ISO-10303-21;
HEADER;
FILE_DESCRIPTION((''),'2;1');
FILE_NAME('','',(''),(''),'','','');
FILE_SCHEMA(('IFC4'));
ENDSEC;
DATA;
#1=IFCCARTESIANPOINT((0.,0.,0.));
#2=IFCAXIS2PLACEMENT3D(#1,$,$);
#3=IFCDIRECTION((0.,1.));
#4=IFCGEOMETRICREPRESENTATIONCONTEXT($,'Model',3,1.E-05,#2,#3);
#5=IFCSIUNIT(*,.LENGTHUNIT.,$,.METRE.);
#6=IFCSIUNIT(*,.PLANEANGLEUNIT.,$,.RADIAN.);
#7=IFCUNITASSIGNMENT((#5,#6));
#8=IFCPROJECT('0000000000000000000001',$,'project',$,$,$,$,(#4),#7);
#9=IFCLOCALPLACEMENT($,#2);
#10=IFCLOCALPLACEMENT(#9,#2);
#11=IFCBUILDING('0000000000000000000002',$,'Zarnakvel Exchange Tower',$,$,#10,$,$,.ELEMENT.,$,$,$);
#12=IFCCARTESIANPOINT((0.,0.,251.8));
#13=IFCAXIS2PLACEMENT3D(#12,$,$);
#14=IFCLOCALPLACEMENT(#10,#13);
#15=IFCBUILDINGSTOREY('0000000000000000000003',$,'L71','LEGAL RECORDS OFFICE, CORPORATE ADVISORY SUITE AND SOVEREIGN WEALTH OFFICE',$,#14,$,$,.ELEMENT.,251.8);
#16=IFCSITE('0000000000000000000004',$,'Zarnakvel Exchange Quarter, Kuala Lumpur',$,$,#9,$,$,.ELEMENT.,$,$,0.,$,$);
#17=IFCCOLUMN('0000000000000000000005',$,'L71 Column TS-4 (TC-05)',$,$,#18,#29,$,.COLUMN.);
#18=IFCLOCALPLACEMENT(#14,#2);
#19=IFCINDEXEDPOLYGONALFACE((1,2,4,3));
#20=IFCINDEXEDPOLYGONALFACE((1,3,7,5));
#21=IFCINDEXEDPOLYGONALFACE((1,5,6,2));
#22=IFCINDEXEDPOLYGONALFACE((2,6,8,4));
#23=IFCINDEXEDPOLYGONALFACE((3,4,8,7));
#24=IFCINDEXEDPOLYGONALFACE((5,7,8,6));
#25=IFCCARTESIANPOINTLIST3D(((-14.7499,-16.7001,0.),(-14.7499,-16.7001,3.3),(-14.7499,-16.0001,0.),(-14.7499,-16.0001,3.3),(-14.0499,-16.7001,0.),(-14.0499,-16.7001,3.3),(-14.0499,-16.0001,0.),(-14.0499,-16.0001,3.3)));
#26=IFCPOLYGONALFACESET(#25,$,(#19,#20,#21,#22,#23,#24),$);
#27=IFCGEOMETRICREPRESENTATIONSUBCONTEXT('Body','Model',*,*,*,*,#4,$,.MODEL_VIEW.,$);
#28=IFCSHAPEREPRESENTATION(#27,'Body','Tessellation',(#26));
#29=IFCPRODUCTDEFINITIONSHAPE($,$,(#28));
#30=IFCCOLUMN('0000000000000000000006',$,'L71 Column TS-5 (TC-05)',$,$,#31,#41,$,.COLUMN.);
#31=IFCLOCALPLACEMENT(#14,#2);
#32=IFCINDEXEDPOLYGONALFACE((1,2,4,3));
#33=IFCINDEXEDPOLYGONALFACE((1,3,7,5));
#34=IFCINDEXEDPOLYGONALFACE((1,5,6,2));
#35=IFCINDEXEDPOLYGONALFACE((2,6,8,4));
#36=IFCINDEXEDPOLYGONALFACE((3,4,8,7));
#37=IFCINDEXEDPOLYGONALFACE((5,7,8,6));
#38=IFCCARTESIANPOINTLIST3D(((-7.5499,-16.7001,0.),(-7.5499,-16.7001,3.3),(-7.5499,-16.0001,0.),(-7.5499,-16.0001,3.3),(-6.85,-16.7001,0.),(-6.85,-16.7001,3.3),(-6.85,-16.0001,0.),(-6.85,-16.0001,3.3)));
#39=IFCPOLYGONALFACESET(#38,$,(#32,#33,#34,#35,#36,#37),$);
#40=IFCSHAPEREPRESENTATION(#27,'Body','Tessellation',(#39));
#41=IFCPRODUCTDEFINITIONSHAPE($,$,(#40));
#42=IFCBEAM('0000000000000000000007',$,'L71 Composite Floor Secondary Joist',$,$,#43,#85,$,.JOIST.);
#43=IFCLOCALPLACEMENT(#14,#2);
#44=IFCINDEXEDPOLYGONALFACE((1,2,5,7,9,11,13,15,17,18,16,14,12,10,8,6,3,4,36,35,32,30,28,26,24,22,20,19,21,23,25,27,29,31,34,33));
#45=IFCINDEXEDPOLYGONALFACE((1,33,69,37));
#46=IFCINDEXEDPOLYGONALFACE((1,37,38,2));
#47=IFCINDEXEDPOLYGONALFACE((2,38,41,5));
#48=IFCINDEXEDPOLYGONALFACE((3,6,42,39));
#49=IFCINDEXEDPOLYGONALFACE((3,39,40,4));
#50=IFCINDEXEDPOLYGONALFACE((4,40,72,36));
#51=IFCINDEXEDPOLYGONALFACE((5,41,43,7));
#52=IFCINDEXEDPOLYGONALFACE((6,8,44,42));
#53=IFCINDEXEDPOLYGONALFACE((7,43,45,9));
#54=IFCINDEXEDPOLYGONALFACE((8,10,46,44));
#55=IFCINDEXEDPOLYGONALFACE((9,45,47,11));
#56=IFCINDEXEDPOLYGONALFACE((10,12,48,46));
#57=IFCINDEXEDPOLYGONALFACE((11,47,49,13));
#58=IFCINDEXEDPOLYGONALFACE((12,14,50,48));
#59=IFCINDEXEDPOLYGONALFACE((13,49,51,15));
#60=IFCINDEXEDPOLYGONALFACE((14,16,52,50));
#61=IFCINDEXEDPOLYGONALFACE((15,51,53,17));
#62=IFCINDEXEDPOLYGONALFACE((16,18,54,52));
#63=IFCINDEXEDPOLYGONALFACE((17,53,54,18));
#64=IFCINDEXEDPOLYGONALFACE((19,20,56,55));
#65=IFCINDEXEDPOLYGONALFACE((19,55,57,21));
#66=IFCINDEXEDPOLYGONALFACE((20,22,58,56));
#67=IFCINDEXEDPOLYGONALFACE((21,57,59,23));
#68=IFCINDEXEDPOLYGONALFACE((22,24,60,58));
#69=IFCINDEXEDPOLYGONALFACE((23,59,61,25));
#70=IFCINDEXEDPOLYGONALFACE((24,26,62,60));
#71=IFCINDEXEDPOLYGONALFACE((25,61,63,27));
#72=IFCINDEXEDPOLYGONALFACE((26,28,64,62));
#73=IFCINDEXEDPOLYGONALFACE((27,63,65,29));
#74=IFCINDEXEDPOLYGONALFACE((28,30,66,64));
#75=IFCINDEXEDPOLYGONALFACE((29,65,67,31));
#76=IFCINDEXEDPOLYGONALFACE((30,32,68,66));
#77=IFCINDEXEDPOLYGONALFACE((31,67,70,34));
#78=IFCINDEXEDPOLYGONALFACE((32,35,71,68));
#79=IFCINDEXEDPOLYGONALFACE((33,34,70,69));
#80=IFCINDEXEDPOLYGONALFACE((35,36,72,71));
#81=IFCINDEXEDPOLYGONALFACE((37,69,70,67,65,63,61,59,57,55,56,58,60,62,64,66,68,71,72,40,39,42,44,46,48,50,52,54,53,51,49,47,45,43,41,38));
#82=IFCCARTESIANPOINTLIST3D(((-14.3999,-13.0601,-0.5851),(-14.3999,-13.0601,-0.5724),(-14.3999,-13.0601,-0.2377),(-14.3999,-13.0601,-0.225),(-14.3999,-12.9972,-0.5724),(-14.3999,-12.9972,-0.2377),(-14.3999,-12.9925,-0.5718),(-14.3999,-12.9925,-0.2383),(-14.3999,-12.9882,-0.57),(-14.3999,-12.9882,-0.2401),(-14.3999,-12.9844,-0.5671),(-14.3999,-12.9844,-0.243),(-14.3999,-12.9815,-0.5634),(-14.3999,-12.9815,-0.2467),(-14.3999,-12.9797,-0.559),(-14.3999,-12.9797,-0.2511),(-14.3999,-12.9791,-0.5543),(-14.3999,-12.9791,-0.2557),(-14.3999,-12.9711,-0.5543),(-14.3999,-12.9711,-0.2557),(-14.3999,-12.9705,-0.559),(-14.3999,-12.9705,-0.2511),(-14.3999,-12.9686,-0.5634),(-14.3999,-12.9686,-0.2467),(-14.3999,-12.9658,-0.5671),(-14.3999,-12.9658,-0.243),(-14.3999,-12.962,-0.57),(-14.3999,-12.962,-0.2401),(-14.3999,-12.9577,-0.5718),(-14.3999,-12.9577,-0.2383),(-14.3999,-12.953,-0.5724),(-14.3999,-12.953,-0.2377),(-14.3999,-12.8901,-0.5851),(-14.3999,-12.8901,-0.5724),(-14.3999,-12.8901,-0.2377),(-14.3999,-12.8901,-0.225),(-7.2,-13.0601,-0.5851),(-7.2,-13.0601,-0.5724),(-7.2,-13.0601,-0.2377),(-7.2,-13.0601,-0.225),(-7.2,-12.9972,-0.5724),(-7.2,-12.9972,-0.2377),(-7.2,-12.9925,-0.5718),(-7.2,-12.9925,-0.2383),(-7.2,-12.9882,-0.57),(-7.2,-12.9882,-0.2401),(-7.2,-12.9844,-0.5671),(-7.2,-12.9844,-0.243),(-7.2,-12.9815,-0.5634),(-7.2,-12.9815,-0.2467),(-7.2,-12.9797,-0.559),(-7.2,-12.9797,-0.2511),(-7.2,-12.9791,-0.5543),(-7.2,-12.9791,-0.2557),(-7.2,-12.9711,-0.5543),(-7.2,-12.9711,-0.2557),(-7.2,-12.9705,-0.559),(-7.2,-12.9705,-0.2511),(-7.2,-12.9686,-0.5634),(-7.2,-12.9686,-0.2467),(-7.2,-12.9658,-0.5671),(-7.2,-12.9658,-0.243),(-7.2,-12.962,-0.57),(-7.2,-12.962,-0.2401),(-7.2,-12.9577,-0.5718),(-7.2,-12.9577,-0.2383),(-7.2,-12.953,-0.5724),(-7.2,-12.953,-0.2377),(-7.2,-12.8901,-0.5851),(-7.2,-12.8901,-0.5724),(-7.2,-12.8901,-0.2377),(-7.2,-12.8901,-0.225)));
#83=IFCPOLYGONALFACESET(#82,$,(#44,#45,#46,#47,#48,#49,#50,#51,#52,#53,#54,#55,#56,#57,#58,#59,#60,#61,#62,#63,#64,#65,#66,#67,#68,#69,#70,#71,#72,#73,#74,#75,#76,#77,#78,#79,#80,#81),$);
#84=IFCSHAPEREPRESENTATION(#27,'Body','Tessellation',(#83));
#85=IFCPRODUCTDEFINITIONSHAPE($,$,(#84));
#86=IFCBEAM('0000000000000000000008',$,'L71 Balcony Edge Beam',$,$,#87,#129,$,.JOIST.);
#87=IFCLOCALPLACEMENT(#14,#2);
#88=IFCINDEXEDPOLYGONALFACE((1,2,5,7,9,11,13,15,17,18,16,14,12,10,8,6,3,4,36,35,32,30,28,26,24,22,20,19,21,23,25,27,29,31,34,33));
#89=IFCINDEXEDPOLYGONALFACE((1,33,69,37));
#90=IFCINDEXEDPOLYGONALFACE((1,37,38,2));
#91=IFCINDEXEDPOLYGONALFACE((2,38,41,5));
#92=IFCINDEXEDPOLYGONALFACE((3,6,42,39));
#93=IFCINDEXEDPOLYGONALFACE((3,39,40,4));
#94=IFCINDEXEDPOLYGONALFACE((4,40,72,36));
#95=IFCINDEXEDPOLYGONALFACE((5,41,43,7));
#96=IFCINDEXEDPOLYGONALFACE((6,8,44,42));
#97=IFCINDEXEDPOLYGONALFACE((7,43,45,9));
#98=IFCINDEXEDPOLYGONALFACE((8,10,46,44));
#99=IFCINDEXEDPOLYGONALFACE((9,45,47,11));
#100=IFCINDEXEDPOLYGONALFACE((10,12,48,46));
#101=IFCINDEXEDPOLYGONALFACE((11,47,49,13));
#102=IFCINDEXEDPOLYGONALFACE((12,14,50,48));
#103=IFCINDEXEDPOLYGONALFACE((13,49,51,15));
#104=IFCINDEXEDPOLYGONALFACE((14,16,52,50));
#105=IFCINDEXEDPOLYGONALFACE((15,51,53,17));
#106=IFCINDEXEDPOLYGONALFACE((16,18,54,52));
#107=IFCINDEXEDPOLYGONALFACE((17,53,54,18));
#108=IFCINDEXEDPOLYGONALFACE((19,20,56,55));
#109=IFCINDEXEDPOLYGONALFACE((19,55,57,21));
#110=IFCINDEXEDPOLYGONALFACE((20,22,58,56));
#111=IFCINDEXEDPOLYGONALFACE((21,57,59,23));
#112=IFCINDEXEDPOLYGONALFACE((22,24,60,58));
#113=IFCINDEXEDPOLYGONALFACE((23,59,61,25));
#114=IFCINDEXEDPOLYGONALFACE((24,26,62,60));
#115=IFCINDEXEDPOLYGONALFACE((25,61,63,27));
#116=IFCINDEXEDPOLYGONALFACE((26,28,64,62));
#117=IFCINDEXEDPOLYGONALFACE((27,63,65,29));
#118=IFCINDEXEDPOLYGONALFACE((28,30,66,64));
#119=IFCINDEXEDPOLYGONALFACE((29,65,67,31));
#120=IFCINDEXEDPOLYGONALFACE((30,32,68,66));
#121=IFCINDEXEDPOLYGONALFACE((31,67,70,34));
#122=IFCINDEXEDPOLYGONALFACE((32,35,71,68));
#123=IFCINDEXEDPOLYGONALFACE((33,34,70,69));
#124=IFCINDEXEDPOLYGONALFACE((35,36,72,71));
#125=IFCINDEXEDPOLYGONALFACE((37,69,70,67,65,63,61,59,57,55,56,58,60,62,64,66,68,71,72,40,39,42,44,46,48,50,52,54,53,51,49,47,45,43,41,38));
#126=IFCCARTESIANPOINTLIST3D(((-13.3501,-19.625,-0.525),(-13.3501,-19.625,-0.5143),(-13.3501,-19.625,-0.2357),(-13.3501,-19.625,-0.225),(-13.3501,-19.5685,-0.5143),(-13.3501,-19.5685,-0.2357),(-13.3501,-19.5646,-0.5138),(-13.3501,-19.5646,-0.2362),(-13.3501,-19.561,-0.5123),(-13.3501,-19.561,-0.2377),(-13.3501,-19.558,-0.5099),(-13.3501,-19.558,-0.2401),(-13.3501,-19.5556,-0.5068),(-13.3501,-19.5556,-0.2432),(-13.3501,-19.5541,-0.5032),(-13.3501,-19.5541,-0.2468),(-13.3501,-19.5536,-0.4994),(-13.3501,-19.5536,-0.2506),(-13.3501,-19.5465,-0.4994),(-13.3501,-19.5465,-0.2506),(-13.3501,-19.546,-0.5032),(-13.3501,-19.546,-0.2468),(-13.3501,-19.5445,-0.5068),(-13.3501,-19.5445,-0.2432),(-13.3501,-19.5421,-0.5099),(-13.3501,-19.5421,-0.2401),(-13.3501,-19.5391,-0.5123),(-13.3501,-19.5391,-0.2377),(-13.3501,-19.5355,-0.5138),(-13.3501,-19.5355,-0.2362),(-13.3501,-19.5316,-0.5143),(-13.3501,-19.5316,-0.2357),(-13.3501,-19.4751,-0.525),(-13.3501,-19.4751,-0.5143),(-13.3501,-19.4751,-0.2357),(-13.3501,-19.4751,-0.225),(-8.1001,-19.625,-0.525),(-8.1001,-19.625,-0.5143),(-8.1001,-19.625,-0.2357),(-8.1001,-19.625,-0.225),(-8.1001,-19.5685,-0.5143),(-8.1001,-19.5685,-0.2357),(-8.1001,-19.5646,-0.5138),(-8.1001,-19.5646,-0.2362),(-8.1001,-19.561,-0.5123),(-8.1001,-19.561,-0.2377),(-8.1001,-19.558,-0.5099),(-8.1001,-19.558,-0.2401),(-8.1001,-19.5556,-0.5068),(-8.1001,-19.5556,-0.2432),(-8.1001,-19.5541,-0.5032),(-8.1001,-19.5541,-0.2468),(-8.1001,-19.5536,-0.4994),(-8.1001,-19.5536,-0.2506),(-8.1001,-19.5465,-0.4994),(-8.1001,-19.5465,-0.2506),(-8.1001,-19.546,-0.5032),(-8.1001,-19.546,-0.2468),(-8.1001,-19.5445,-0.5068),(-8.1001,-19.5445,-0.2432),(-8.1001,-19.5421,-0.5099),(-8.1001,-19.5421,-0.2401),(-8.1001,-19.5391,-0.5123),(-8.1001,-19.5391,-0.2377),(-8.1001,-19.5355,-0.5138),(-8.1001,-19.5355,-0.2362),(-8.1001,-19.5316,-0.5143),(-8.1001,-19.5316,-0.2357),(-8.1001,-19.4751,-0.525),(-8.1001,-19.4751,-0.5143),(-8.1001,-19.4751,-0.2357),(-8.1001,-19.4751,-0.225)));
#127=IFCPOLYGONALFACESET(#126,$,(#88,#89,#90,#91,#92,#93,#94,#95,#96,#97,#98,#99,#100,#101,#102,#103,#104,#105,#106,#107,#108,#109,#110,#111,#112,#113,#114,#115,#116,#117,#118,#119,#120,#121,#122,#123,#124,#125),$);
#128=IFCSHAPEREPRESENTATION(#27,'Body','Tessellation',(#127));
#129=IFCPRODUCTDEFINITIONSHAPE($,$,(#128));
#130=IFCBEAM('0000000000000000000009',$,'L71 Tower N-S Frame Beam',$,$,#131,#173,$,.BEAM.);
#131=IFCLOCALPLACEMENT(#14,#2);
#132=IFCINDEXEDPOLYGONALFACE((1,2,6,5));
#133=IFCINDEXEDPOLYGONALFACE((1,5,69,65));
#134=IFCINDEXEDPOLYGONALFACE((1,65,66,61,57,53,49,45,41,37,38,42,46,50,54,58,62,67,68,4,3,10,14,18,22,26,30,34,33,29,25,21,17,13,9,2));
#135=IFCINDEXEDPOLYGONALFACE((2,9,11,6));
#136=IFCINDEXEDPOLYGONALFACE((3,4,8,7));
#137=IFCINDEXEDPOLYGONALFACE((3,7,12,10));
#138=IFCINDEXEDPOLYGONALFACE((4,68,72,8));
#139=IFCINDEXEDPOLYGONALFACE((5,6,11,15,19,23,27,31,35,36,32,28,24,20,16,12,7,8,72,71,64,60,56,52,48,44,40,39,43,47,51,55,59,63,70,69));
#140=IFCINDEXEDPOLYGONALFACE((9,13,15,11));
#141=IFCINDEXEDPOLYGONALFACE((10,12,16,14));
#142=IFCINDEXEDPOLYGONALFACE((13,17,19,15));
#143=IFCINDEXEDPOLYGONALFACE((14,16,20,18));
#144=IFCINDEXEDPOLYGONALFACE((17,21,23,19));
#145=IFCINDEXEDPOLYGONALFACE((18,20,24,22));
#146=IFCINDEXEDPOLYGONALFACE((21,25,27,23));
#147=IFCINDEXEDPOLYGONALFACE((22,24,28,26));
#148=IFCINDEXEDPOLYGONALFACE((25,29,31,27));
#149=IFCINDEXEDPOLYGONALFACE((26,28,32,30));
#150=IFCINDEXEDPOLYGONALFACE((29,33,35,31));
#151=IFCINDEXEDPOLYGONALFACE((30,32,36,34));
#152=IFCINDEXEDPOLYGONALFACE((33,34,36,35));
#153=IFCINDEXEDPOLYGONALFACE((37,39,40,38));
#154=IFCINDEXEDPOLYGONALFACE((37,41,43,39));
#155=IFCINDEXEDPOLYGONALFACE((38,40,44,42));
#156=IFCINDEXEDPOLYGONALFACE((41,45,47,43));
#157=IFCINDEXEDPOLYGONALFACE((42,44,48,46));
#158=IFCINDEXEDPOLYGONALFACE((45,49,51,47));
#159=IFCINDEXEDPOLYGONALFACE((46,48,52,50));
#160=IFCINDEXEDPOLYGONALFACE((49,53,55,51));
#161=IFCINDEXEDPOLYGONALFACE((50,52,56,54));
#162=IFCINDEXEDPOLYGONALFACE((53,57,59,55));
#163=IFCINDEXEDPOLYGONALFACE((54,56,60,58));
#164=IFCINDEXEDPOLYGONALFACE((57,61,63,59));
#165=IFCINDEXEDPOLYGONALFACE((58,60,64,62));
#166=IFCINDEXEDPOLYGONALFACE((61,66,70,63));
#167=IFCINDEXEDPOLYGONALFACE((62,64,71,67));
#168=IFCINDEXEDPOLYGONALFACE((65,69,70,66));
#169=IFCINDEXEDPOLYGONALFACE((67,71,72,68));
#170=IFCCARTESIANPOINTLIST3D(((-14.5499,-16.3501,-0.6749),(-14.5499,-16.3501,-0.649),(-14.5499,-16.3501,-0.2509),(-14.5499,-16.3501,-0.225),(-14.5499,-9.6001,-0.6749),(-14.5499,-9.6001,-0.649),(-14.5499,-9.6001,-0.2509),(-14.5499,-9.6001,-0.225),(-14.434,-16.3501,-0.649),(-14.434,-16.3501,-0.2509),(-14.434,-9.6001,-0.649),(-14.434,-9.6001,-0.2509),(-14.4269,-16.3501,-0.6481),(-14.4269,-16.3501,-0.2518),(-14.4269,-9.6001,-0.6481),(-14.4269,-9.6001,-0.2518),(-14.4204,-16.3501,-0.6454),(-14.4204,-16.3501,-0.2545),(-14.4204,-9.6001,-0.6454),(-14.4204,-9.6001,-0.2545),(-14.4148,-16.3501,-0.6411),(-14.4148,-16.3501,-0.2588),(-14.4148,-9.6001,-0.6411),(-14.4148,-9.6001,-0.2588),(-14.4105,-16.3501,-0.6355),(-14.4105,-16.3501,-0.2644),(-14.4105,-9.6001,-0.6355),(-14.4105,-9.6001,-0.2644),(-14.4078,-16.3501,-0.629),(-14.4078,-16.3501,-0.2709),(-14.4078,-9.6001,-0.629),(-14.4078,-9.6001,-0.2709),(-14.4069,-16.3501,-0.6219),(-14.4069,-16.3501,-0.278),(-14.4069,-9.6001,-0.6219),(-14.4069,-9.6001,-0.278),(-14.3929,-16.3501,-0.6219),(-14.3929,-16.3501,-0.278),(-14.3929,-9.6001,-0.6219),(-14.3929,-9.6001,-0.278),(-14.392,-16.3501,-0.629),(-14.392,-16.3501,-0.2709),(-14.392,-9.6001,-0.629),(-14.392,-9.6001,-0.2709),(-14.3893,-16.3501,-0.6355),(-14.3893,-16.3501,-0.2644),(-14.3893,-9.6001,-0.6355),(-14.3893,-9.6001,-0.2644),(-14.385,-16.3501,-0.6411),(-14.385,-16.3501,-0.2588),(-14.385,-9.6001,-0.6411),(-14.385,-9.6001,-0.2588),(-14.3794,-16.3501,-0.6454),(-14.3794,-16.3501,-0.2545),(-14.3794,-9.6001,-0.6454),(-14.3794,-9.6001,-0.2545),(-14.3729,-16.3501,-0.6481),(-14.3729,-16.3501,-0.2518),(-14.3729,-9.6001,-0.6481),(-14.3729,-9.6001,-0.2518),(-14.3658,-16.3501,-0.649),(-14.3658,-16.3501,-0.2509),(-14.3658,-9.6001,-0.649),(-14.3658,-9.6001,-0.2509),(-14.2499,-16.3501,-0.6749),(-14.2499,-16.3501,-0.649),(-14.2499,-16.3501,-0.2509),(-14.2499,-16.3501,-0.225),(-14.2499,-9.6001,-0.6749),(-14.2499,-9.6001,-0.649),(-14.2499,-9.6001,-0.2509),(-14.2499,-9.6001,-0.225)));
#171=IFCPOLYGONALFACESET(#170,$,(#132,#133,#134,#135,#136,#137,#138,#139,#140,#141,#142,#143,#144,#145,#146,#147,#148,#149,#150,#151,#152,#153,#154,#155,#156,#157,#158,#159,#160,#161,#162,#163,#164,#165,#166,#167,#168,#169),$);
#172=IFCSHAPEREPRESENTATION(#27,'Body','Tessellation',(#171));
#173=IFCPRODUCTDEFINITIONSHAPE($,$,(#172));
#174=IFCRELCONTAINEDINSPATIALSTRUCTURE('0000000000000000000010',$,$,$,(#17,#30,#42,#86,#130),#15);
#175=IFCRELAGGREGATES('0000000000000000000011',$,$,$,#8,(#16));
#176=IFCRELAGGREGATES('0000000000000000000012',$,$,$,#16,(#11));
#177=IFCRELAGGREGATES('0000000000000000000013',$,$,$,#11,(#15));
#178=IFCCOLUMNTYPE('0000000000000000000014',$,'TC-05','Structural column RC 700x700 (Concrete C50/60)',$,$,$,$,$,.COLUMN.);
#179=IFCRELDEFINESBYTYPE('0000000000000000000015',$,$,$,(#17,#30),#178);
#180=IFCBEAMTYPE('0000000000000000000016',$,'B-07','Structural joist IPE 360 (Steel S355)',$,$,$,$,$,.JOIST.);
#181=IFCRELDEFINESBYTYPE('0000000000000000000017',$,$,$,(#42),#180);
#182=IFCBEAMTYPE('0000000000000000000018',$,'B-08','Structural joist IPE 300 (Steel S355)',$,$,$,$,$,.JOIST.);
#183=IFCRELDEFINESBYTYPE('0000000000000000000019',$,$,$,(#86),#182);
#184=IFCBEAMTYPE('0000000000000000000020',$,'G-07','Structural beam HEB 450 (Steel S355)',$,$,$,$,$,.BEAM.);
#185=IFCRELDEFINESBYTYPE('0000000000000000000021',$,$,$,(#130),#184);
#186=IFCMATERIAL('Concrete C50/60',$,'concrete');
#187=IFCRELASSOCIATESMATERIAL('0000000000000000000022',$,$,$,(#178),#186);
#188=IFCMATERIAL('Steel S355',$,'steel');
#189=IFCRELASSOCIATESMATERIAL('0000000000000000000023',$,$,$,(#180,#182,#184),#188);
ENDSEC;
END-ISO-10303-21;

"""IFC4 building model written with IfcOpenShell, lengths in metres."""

from ifc_helpers import new_model, si_unit, direction, frame, origin, origin_2d, place, context, subcontext, project, spatial, rectangle, i_section, extrude, material, material_profile, profile_set, type_object, element, save


model = new_model("IFC4")

# Units and contexts
model_context = context("Model", 3, precision=1e-05, world=origin(), true_north=direction((0.0, 1.0)))
body_context = subcontext(model_context, "Body", "Model", "MODEL_VIEW")
ifc_project = project(units=[si_unit("LENGTHUNIT", "METRE"), si_unit("PLANEANGLEUNIT", "RADIAN")], contexts=[model_context])

# Site, building, storey
site_placement = place(None, origin())
site = spatial("IfcSite", under=ifc_project, at=site_placement, Name="Zarnakvel Exchange Quarter, Kuala Lumpur", CompositionType="ELEMENT", RefElevation=0.0)
building_placement = place(site_placement, origin())
building = spatial("IfcBuilding", under=site, at=building_placement, Name="Zarnakvel Exchange Tower", CompositionType="ELEMENT")
storey_placement = place(building_placement, frame((0.0, 0.0, 251.8)))
storey = spatial("IfcBuildingStorey", under=building, at=storey_placement, Name="L71", Description="LEGAL RECORDS OFFICE, CORPORATE ADVISORY SUITE AND SOVEREIGN WEALTH OFFICE", CompositionType="ELEMENT", Elevation=251.8)

# Columns
ifc_material_1 = material(Name="Concrete C50/60", Category="concrete")
ifc_material_profile_1 = material_profile(ifc_material_1, rectangle(XDim=0.7, YDim=0.7, at=origin_2d()))
ifc_profile_set_1 = profile_set([ifc_material_profile_1], Name="Concrete C50/60")
column_type = type_object("IfcColumnType", Name="TC-05", Description="Structural column RC 700x700 (Concrete C50/60)", PredefinedType="COLUMN", material=ifc_profile_set_1)
for number, where, z_axis, x_axis, name in (
    (1, (-14.3999, -16.3501, 0.0), (0.0, 0.0, 1.0), (1.0, 0.0, 0.0), "L71 Column TS-4 (TC-05)"),
    (2, (-7.2, -16.3501, 0.0), (0.0, 0.0, 1.0), (1.0, 0.0, 0.0), "L71 Column TS-5 (TC-05)"),
):
    element("IfcColumn", number, at=place(storey_placement, frame(where, z_axis=z_axis, x_axis=x_axis)), inside=storey, type_object=column_type, Name=name, PredefinedType="COLUMN", context=body_context, shape_type="SweptSolid", body=[
        extrude(rectangle(XDim=0.7, YDim=0.7, at=origin_2d()), origin(), (0.0, 0.0, 1.0), 3.3),
    ])

# Beams
ifc_material_2 = material(Name="Steel S355", Category="steel")
ifc_material_profile_2 = material_profile(ifc_material_2, i_section(OverallWidth=0.1699, OverallDepth=0.3601, WebThickness=0.0081, FlangeThickness=0.0127, FilletRadius=0.0181, at=origin_2d()))
ifc_profile_set_2 = profile_set([ifc_material_profile_2], Name="Steel S355")
beam_type_1 = type_object("IfcBeamType", Name="B-07", Description="Structural joist IPE 360 (Steel S355)", PredefinedType="JOIST", material=ifc_profile_set_2)
beam_1_placement = place(storey_placement, frame((-14.3999, -12.9751, -0.405), z_axis=(1.0, 0.0, 0.0), x_axis=(0.0, 1.0, 0.0)))
element("IfcBeam", 3, at=beam_1_placement, inside=storey, type_object=beam_type_1, Name="L71 Composite Floor Secondary Joist", PredefinedType="JOIST", context=body_context, shape_type="SweptSolid", body=[
    extrude(i_section(OverallWidth=0.1699, OverallDepth=0.3601, WebThickness=0.0081, FlangeThickness=0.0127, FilletRadius=0.0181, at=origin_2d()), origin(), (0.0, 0.0, 1.0), 7.2),
])
ifc_material_profile_3 = material_profile(ifc_material_2, i_section(OverallWidth=0.1499, OverallDepth=0.3, WebThickness=0.0071, FlangeThickness=0.0107, FilletRadius=0.0149, at=origin_2d()))
ifc_profile_set_3 = profile_set([ifc_material_profile_3], Name="Steel S355")
beam_type_2 = type_object("IfcBeamType", Name="B-08", Description="Structural joist IPE 300 (Steel S355)", PredefinedType="JOIST", material=ifc_profile_set_3)
beam_2_placement = place(storey_placement, frame((-13.3501, -19.55, -0.375), z_axis=(1.0, 0.0, 0.0), x_axis=(0.0, 1.0, 0.0)))
element("IfcBeam", 4, at=beam_2_placement, inside=storey, type_object=beam_type_2, Name="L71 Balcony Edge Beam", PredefinedType="JOIST", context=body_context, shape_type="SweptSolid", body=[
    extrude(i_section(OverallWidth=0.1499, OverallDepth=0.3, WebThickness=0.0071, FlangeThickness=0.0107, FilletRadius=0.0149, at=origin_2d()), origin(), (0.0, 0.0, 1.0), 5.25),
])
ifc_material_profile_4 = material_profile(ifc_material_2, i_section(OverallWidth=0.3, OverallDepth=0.45, WebThickness=0.0139, FlangeThickness=0.0259, FilletRadius=0.0271, at=origin_2d()))
ifc_profile_set_4 = profile_set([ifc_material_profile_4], Name="Steel S355")
beam_type_3 = type_object("IfcBeamType", Name="G-07", Description="Structural beam HEB 450 (Steel S355)", PredefinedType="BEAM", material=ifc_profile_set_4)
beam_3_placement = place(storey_placement, frame((-14.3999, -16.3501, -0.45), z_axis=(0.0, 1.0, 0.0), x_axis=(-1.0, 0.0, 0.0)))
element("IfcBeam", 5, at=beam_3_placement, inside=storey, type_object=beam_type_3, Name="L71 Tower N-S Frame Beam", PredefinedType="BEAM", context=body_context, shape_type="SweptSolid", body=[
    extrude(i_section(OverallWidth=0.3, OverallDepth=0.45, WebThickness=0.0139, FlangeThickness=0.0259, FilletRadius=0.0271, at=origin_2d()), origin(), (0.0, 0.0, 1.0), 6.75),
])

save(model, "model.ifc")
